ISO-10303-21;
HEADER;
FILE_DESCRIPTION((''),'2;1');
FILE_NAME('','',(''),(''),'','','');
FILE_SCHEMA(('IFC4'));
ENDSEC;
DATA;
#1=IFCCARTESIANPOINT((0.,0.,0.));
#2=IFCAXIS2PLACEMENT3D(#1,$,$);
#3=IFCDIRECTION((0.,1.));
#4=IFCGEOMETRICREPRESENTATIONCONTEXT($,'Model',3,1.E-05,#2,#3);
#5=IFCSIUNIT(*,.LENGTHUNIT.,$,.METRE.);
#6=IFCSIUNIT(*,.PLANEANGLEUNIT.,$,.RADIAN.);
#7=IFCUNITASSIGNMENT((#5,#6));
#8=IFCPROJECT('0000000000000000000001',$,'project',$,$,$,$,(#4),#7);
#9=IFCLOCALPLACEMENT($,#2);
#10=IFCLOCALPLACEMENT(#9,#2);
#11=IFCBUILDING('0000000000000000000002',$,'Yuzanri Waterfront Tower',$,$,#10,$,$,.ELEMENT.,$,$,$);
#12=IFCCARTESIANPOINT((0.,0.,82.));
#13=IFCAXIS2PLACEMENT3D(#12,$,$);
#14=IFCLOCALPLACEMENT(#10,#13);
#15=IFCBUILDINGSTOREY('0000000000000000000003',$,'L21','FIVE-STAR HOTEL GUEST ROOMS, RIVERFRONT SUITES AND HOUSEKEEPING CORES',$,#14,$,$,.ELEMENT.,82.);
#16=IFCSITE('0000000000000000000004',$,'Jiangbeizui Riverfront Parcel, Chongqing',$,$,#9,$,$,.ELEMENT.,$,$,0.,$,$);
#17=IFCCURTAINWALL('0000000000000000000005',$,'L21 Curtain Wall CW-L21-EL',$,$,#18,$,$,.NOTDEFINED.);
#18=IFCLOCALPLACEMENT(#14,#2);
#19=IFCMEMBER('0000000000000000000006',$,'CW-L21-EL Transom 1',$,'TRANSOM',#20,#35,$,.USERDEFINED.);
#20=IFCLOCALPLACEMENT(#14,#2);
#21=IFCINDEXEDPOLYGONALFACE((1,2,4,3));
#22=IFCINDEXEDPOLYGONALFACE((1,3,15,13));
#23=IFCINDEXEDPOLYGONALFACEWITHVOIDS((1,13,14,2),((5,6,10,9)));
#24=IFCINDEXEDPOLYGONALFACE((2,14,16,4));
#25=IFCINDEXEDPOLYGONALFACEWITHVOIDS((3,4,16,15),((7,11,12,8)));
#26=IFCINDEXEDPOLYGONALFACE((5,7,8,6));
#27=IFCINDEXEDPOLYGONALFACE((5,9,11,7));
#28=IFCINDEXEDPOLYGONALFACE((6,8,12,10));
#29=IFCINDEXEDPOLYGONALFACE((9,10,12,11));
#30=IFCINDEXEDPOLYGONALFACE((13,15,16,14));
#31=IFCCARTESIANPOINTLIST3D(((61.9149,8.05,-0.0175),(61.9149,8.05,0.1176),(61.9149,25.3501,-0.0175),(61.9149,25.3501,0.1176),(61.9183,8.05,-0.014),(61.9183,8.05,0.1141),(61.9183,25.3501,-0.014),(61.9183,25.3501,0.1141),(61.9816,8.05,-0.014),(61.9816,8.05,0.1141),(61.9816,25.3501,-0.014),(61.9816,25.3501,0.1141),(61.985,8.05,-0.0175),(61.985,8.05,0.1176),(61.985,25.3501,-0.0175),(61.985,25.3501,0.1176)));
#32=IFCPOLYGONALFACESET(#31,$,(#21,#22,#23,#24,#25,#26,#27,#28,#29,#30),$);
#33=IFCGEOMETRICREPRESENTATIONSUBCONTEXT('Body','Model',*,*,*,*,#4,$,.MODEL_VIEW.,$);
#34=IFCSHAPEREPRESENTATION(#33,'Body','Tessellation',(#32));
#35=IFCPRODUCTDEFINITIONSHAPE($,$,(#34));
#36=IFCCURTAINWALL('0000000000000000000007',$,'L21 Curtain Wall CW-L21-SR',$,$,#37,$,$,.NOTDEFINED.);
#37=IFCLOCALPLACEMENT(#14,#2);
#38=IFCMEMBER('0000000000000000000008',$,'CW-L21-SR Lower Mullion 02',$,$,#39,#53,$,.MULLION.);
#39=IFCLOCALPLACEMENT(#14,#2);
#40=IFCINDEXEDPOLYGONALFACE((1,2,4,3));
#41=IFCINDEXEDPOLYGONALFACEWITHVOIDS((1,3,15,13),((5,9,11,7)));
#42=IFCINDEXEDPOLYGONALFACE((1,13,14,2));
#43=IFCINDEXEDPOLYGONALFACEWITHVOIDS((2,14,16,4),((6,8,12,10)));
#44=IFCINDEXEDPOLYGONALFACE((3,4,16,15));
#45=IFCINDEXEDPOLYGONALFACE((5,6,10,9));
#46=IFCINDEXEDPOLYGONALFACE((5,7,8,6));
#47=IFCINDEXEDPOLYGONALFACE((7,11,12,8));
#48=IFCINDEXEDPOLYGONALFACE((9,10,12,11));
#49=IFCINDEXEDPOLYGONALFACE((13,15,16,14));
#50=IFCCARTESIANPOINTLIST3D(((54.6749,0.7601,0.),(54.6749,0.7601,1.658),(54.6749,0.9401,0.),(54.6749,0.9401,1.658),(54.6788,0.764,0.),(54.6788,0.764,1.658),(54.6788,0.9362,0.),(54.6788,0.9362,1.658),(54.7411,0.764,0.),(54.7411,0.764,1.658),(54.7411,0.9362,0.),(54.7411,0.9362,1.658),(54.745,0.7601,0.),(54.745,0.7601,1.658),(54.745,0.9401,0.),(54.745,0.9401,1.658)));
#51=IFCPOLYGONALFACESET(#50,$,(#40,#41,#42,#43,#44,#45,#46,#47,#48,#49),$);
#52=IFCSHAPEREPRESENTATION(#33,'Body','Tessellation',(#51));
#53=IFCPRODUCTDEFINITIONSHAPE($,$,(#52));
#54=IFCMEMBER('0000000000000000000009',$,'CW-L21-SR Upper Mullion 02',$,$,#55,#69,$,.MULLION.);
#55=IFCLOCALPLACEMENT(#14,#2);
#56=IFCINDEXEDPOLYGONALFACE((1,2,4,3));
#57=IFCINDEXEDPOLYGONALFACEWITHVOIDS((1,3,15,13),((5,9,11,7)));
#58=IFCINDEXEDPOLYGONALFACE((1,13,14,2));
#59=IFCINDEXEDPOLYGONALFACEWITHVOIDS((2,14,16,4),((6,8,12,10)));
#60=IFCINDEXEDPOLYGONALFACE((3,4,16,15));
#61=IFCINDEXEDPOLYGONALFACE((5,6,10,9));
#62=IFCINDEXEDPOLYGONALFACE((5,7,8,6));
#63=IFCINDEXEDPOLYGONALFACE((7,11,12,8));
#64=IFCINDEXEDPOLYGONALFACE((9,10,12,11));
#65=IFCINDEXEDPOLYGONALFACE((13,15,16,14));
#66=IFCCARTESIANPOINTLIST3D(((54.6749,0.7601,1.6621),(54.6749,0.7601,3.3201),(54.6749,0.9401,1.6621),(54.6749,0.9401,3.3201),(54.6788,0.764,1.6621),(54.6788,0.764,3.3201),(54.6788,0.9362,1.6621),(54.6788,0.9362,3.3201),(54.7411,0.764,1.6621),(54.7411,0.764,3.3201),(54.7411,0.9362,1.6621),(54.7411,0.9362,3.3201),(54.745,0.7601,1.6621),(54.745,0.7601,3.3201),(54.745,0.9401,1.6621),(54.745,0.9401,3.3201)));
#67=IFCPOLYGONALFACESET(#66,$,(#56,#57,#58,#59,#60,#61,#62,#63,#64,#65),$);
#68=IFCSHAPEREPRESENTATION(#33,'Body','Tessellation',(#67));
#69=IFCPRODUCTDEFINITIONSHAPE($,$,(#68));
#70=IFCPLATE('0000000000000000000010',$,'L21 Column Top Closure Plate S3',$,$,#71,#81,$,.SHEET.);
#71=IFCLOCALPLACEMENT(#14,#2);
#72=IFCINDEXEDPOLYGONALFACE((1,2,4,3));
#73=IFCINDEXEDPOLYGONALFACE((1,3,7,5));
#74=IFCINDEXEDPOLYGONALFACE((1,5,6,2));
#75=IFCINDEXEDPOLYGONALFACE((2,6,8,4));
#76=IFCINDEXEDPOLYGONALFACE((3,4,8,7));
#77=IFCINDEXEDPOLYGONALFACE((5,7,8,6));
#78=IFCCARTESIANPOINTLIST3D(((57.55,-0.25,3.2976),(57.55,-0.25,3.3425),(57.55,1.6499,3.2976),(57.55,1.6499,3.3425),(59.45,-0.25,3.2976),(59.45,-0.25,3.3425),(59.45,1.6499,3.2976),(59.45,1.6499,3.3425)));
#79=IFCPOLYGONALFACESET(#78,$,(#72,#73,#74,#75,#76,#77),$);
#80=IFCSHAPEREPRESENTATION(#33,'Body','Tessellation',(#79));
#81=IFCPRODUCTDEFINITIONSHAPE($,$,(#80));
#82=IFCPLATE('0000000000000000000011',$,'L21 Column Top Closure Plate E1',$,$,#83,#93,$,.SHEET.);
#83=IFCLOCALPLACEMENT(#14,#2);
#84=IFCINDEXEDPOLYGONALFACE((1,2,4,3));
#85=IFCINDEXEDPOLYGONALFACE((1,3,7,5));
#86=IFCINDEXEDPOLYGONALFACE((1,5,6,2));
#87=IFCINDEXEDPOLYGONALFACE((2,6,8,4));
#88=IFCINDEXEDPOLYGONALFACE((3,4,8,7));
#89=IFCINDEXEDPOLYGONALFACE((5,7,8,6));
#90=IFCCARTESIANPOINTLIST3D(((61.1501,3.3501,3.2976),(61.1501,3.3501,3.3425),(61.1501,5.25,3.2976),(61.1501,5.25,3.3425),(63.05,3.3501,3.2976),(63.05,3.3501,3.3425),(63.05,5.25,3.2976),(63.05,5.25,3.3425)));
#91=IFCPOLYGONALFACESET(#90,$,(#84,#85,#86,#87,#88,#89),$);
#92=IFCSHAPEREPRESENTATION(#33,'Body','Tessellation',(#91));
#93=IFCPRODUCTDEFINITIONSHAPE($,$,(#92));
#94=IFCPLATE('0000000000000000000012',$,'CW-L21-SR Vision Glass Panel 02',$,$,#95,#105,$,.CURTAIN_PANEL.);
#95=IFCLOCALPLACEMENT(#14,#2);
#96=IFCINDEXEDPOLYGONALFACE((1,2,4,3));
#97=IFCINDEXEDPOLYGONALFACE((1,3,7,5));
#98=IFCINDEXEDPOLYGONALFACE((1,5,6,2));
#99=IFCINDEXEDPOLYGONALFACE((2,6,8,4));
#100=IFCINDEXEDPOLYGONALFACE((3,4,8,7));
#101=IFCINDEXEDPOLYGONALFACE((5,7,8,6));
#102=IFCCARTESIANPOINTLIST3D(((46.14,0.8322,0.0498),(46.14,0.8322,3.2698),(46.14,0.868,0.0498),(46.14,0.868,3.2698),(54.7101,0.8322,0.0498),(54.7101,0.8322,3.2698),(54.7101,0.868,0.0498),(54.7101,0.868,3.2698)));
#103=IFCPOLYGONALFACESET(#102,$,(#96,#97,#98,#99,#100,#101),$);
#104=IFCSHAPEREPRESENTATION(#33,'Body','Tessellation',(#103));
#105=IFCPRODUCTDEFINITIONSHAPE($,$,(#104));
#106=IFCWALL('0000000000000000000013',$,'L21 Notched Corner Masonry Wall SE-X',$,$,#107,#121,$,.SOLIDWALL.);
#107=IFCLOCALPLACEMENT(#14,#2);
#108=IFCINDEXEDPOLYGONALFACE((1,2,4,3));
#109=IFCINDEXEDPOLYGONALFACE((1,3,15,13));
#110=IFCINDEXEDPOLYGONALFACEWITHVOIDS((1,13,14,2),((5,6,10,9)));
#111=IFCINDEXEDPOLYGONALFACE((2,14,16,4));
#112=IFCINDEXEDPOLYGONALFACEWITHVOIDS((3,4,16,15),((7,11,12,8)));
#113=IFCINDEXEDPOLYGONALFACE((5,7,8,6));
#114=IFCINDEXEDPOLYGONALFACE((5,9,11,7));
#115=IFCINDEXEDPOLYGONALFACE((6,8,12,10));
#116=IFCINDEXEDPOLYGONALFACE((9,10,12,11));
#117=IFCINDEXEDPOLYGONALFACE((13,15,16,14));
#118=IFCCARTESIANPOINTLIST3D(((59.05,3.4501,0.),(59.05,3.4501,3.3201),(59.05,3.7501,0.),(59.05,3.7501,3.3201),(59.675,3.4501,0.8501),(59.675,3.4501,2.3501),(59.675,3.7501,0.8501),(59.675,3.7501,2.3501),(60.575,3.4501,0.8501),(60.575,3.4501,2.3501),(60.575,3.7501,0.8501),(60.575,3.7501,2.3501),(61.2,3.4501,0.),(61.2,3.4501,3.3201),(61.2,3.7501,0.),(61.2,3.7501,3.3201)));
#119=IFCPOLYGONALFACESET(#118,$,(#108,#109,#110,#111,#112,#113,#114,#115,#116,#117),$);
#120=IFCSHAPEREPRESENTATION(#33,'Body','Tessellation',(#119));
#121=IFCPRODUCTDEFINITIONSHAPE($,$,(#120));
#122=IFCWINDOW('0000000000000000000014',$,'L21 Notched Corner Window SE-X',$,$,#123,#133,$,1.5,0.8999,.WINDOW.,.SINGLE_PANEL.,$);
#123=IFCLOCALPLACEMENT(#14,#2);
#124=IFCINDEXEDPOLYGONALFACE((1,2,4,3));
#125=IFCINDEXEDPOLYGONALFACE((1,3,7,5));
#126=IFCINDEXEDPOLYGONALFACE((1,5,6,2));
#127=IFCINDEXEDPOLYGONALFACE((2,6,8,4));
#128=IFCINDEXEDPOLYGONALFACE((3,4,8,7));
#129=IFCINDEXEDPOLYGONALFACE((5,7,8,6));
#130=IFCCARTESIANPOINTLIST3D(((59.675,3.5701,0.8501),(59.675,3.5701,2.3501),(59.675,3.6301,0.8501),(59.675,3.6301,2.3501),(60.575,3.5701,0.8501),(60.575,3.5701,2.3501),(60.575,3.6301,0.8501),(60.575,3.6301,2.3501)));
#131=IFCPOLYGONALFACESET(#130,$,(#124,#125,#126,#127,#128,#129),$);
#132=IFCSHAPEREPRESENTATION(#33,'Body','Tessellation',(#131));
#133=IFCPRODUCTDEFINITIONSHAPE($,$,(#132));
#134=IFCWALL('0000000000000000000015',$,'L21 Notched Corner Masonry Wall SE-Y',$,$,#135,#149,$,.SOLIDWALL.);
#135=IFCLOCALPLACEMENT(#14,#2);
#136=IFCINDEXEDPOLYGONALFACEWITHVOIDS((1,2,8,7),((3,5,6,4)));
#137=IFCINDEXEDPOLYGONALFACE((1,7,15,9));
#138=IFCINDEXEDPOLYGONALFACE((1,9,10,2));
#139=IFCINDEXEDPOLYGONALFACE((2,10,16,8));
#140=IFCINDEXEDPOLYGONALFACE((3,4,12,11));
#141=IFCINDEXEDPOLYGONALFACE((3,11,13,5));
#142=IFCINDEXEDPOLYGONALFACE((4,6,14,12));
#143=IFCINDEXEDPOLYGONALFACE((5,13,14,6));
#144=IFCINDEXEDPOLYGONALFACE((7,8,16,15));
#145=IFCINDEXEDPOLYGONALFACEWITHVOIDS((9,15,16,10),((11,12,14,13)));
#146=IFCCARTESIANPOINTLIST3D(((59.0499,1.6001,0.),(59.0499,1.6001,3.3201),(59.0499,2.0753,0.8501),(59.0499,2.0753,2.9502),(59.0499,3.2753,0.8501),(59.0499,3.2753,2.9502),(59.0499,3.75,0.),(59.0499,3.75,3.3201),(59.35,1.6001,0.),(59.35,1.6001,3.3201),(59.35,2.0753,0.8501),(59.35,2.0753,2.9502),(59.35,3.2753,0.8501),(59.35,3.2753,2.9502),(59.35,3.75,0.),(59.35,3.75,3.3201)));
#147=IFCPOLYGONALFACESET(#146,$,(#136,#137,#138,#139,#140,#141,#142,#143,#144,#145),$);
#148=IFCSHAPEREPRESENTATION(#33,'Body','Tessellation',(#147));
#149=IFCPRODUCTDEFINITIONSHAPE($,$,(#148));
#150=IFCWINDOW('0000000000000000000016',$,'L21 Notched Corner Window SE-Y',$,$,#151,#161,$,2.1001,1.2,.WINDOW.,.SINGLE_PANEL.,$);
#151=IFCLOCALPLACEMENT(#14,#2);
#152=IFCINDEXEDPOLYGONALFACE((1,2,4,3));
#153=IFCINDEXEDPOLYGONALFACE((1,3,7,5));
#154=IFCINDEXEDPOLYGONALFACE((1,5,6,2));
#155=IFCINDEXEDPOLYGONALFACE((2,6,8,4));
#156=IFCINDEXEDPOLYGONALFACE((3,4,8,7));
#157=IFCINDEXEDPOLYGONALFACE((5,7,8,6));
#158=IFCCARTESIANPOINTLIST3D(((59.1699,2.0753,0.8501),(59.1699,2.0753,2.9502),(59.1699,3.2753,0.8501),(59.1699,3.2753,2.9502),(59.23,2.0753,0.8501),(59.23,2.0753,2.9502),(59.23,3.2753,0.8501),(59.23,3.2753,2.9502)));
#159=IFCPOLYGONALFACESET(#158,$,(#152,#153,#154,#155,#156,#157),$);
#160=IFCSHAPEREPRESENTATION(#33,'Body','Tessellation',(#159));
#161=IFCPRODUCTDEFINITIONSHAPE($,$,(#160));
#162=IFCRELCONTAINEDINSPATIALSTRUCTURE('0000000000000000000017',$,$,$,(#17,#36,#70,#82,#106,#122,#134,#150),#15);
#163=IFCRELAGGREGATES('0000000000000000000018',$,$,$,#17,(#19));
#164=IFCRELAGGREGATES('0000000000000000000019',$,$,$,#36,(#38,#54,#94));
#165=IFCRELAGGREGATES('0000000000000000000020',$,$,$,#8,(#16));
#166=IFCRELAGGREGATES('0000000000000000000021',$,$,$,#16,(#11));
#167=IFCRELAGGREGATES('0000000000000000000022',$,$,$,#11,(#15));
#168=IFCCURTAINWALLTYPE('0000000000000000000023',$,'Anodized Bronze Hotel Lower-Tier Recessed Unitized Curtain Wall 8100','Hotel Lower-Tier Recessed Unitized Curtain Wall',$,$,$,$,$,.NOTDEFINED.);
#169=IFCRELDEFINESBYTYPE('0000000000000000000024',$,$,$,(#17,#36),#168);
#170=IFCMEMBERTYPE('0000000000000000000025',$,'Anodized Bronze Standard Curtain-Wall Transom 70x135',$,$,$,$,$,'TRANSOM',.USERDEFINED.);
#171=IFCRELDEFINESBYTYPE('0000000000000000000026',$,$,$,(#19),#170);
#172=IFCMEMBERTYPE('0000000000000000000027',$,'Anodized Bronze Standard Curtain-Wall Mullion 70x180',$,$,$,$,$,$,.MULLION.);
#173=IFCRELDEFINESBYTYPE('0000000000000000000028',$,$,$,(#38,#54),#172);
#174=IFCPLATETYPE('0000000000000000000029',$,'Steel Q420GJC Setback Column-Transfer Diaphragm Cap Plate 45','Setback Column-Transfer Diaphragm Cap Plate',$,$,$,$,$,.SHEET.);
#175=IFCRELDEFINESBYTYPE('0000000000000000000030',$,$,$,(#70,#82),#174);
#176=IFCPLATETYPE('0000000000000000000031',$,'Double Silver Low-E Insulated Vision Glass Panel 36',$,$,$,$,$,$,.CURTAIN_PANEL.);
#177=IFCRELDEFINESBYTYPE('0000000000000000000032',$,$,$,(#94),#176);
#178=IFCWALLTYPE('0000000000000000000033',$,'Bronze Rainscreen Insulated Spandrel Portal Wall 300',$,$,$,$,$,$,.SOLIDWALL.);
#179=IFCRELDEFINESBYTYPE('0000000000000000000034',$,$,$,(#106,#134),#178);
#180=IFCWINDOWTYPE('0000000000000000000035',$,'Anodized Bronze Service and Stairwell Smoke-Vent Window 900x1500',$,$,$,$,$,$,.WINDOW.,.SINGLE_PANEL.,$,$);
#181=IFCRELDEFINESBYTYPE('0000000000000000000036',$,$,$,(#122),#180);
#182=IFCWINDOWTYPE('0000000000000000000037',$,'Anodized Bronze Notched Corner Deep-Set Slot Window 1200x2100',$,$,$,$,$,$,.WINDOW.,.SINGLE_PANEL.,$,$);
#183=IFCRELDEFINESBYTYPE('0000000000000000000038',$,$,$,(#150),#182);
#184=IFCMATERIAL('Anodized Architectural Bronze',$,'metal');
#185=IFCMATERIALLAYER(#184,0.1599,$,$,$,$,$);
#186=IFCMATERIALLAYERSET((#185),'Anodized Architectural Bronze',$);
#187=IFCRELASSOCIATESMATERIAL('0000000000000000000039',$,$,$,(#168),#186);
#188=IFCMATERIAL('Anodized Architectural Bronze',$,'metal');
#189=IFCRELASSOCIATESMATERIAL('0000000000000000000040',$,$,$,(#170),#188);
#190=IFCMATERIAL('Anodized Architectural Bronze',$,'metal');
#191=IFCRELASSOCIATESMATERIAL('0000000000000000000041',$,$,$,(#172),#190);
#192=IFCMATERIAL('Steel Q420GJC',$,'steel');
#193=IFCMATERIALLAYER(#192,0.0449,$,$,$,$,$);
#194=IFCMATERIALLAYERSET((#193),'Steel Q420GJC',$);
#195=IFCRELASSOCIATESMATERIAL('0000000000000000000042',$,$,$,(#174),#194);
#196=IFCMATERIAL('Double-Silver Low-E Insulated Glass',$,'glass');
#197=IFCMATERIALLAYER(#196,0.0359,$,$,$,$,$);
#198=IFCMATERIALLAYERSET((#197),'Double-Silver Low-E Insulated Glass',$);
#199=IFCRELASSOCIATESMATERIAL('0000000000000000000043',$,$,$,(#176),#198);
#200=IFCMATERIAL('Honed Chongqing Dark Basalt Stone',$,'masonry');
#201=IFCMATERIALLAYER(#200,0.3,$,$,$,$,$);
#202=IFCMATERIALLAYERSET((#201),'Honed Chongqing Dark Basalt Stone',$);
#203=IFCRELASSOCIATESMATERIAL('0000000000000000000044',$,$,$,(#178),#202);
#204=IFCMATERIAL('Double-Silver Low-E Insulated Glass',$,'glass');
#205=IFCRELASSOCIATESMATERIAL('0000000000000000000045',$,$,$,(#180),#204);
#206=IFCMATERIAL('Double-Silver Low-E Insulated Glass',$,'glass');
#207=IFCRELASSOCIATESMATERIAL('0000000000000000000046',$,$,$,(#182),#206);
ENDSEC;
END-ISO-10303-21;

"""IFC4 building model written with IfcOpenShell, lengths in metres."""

from ifc_helpers import new_model, si_unit, direction, frame, frame_2d, origin, origin_2d, place, context, subcontext, project, spatial, rectangle, hollow_rectangle, extrude, source, transform, mapped, material, layer, layer_set, material_profile, profile_set, type_object, element, fill, aggregate, save


model = new_model("IFC4")

# Units and contexts
model_context = context("Model", 3, precision=1e-05, world=origin(), true_north=direction((0.0, 1.0)))
body_context = subcontext(model_context, "Body", "Model", "MODEL_VIEW")
ifc_project = project(units=[si_unit("LENGTHUNIT", "METRE"), si_unit("PLANEANGLEUNIT", "RADIAN")], contexts=[model_context])

# Site, building, storey
site_placement = place(None, origin())
site = spatial("IfcSite", under=ifc_project, at=site_placement, Name="Jiangbeizui Riverfront Parcel, Chongqing", CompositionType="ELEMENT", RefElevation=0.0)
building_placement = place(site_placement, origin())
building = spatial("IfcBuilding", under=site, at=building_placement, Name="Yuzanri Waterfront Tower", CompositionType="ELEMENT")
storey_placement = place(building_placement, frame((0.0, 0.0, 82.0)))
storey = spatial("IfcBuildingStorey", under=building, at=storey_placement, Name="L21", Description="FIVE-STAR HOTEL GUEST ROOMS, RIVERFRONT SUITES AND HOUSEKEEPING CORES", CompositionType="ELEMENT", Elevation=82.0)

# Curtain wall, member
ifc_material_1 = material(Name="Anodized Architectural Bronze", Category="metal")
ifc_layer_1 = layer(ifc_material_1, 0.1599)
ifc_layer_set_1 = layer_set([ifc_layer_1], Name="Anodized Architectural Bronze")
curtain_wall_type = type_object("IfcCurtainWallType", Name="Anodized Bronze Hotel Lower-Tier Recessed Unitized Curtain Wall 8100", Description="Hotel Lower-Tier Recessed Unitized Curtain Wall", PredefinedType="NOTDEFINED", material=ifc_layer_set_1)
curtain_wall_1_placement = place(storey_placement, origin())
curtain_wall_1 = element("IfcCurtainWall", 1, at=curtain_wall_1_placement, inside=storey, type_object=curtain_wall_type, Name="L21 Curtain Wall CW-L21-EL", PredefinedType="NOTDEFINED")
ifc_material_2 = material(Name="Anodized Architectural Bronze", Category="metal")
ifc_material_profile_1 = material_profile(ifc_material_2, hollow_rectangle(XDim=0.0701, YDim=0.135, WallThickness=0.0034, at=origin_2d()), Name="CWT 70x135")
ifc_profile_set_1 = profile_set([ifc_material_profile_1], Name="Anodized Architectural Bronze")
member_type_1 = type_object("IfcMemberType", Name="Anodized Bronze Standard Curtain-Wall Transom 70x135", ElementType="TRANSOM", PredefinedType="USERDEFINED", material=ifc_profile_set_1)
shared_shape_1 = source(origin(), body_context, "Body", "SweptSolid", [
    extrude(hollow_rectangle(XDim=0.0701, YDim=0.135, WallThickness=0.0034, at=origin_2d()), origin(), (0.0, 0.0, 1.0), 17.3),
])
member_1_placement = place(storey_placement, frame((61.95, 8.05, 0.05), z_axis=(0.0, 1.0, 0.0), x_axis=(-1.0, 0.0, 0.0)))
member_1 = element("IfcMember", 2, at=member_1_placement, type_object=member_type_1, Name="CW-L21-EL Transom 1", ObjectType="TRANSOM", PredefinedType="USERDEFINED", context=body_context, shape_type="MappedRepresentation", body=[
    mapped(shared_shape_1, transform((0.0, 0.0, 0.0), scale=1.0)),
])
aggregate(curtain_wall_1, [member_1])

# Curtain wall, members
curtain_wall_2_placement = place(storey_placement, origin())
curtain_wall_2 = element("IfcCurtainWall", 3, at=curtain_wall_2_placement, inside=storey, type_object=curtain_wall_type, Name="L21 Curtain Wall CW-L21-SR", PredefinedType="NOTDEFINED")
ifc_material_3 = material(Name="Anodized Architectural Bronze", Category="metal")
ifc_material_profile_2 = material_profile(ifc_material_3, hollow_rectangle(XDim=0.0701, YDim=0.1799, WallThickness=0.0039, at=origin_2d()), Name="CWM 70x180")
ifc_profile_set_2 = profile_set([ifc_material_profile_2], Name="Anodized Architectural Bronze")
member_type_2 = type_object("IfcMemberType", Name="Anodized Bronze Standard Curtain-Wall Mullion 70x180", PredefinedType="MULLION", material=ifc_profile_set_2)
shared_shape_2 = source(origin(), body_context, "Body", "SweptSolid", [
    extrude(hollow_rectangle(XDim=0.0701, YDim=0.1799, WallThickness=0.0039, at=origin_2d()), origin(), (0.0, 0.0, 1.0), 1.658),
])
member_2_placement = place(storey_placement, frame((54.71, 0.8501, 0.0), z_axis=(0.0, 0.0, 1.0), x_axis=(1.0, 0.0, 0.0)))
member_2 = element("IfcMember", 4, at=member_2_placement, type_object=member_type_2, Name="CW-L21-SR Lower Mullion 02", PredefinedType="MULLION", context=body_context, shape_type="MappedRepresentation", body=[
    mapped(shared_shape_2, transform((0.0, 0.0, 0.0), scale=1.0)),
])
member_3_placement = place(storey_placement, frame((54.71, 0.8501, 1.6621), z_axis=(0.0, 0.0, 1.0), x_axis=(1.0, 0.0, 0.0)))
member_3 = element("IfcMember", 5, at=member_3_placement, type_object=member_type_2, Name="CW-L21-SR Upper Mullion 02", PredefinedType="MULLION", context=body_context, shape_type="MappedRepresentation", body=[
    mapped(shared_shape_2, transform((0.0, 0.0, 0.0), scale=1.0)),
])

# Plates
ifc_material_4 = material(Name="Steel Q420GJC", Category="steel")
ifc_layer_2 = layer(ifc_material_4, 0.0449)
ifc_layer_set_2 = layer_set([ifc_layer_2], Name="Steel Q420GJC")
plate_type_1 = type_object("IfcPlateType", Name="Steel Q420GJC Setback Column-Transfer Diaphragm Cap Plate 45", Description="Setback Column-Transfer Diaphragm Cap Plate", PredefinedType="SHEET", material=ifc_layer_set_2)
shared_shape_3 = source(origin(), body_context, "Body", "SweptSolid", [
    extrude(rectangle(XDim=1.8999, YDim=1.8999, at=origin_2d()), origin(), (0.0, 0.0, 1.0), 0.0449),
])
for number, where, z_axis, x_axis, name in (
    (6, (58.5, 0.7, 3.2976), (0.0, 0.0, 1.0), (1.0, 0.0, 0.0), "L21 Column Top Closure Plate S3"),
    (7, (62.1001, 4.3, 3.2976), (0.0, 0.0, 1.0), (1.0, 0.0, 0.0), "L21 Column Top Closure Plate E1"),
):
    element("IfcPlate", number, at=place(storey_placement, frame(where, z_axis=z_axis, x_axis=x_axis)), inside=storey, type_object=plate_type_1, Name=name, PredefinedType="SHEET", context=body_context, shape_type="MappedRepresentation", body=[
        mapped(shared_shape_3, transform((0.0, 0.0, 0.0), scale=1.0)),
    ])

# Plate
ifc_material_5 = material(Name="Double-Silver Low-E Insulated Glass", Category="glass")
ifc_layer_3 = layer(ifc_material_5, 0.0359)
ifc_layer_set_3 = layer_set([ifc_layer_3], Name="Double-Silver Low-E Insulated Glass")
plate_type_2 = type_object("IfcPlateType", Name="Double Silver Low-E Insulated Vision Glass Panel 36", PredefinedType="CURTAIN_PANEL", material=ifc_layer_set_3)
shared_shape_4 = source(origin(), body_context, "Body", "SweptSolid", [
    extrude(rectangle(XDim=8.5701, YDim=0.0359, at=origin_2d()), origin(), (0.0, 0.0, 1.0), 3.22),
])
plate_placement = place(storey_placement, frame((50.425, 0.8501, 0.0498), z_axis=(0.0, 0.0, 1.0), x_axis=(1.0, 0.0, 0.0)))
plate = element("IfcPlate", 8, at=plate_placement, type_object=plate_type_2, Name="CW-L21-SR Vision Glass Panel 02", PredefinedType="CURTAIN_PANEL", context=body_context, shape_type="MappedRepresentation", body=[
    mapped(shared_shape_4, transform((0.0, 0.0, 0.0), scale=1.0)),
])
aggregate(curtain_wall_2, [member_2, member_3, plate])

# Walls, openings, windows
ifc_material_6 = material(Name="Honed Chongqing Dark Basalt Stone", Category="masonry")
ifc_layer_4 = layer(ifc_material_6, 0.3)
ifc_layer_set_4 = layer_set([ifc_layer_4], Name="Honed Chongqing Dark Basalt Stone")
wall_type_1 = type_object("IfcWallType", Name="Bronze Rainscreen Insulated Spandrel Portal Wall 300", PredefinedType="SOLIDWALL", material=ifc_layer_set_4)
wall_1_placement = place(storey_placement, frame((59.05, 3.6001, 0.0), z_axis=(0.0, 0.0, 1.0), x_axis=(1.0, 0.0, 0.0)))
wall_1 = element("IfcWall", 9, at=wall_1_placement, inside=storey, type_object=wall_type_1, Name="L21 Notched Corner Masonry Wall SE-X", PredefinedType="SOLIDWALL", context=body_context, shape_type="SweptSolid", body=[
    extrude(rectangle(XDim=2.1499, YDim=0.3, at=frame_2d((1.075, 0.0))), origin(), (0.0, 0.0, 1.0), 3.3201),
])
opening_1_placement = place(wall_1_placement, frame((0.625, 0.0, 0.8501)))
opening_1 = element("IfcOpeningElement", 10, at=opening_1_placement, cuts=wall_1, PredefinedType="OPENING", context=body_context, shape_type="SweptSolid", body=[
    extrude(rectangle(XDim=0.8999, YDim=1.5, at=frame_2d((0.45, 0.75))), frame((0.0, 0.165, 0.0), z_axis=(0.0, -1.0, 0.0), x_axis=(1.0, 0.0, 0.0)), (0.0, 0.0, 1.0), 0.3298),
])
ifc_material_7 = material(Name="Double-Silver Low-E Insulated Glass", Category="glass")
window_type_1 = type_object("IfcWindowType", Name="Anodized Bronze Service and Stairwell Smoke-Vent Window 900x1500", PartitioningType="SINGLE_PANEL", PredefinedType="WINDOW", material=ifc_material_7)
shared_shape_5 = source(origin(), body_context, "Body", "SweptSolid", [
    extrude(rectangle(XDim=0.8999, YDim=1.5, at=frame_2d((0.45, 0.75))), frame((0.0, 0.03, 0.0), z_axis=(0.0, -1.0, 0.0), x_axis=(1.0, 0.0, 0.0)), (0.0, 0.0, 1.0), 0.0601),
])
window_1_placement = place(opening_1_placement, origin())
window_1 = element("IfcWindow", 11, at=window_1_placement, inside=storey, type_object=window_type_1, Name="L21 Notched Corner Window SE-X", OverallHeight=1.5, OverallWidth=0.8999, PartitioningType="SINGLE_PANEL", PredefinedType="WINDOW", context=body_context, shape_type="MappedRepresentation", body=[
    mapped(shared_shape_5, transform((0.0, 0.0, 0.0), scale=1.0)),
])
fill(opening_1, window_1)
wall_2_placement = place(storey_placement, frame((59.2, 1.6001, 0.0), z_axis=(0.0, 0.0, 1.0), x_axis=(0.0, 1.0, 0.0)))
wall_2 = element("IfcWall", 12, at=wall_2_placement, inside=storey, type_object=wall_type_1, Name="L21 Notched Corner Masonry Wall SE-Y", PredefinedType="SOLIDWALL", context=body_context, shape_type="SweptSolid", body=[
    extrude(rectangle(XDim=2.1499, YDim=0.3, at=frame_2d((1.075, 0.0))), origin(), (0.0, 0.0, 1.0), 3.3201),
])
opening_2_placement = place(wall_2_placement, frame((0.4751, 0.0, 0.8501)))
opening_2 = element("IfcOpeningElement", 13, at=opening_2_placement, cuts=wall_2, PredefinedType="OPENING", context=body_context, shape_type="SweptSolid", body=[
    extrude(rectangle(XDim=1.2, YDim=2.1001, at=frame_2d((0.6001, 1.05))), frame((0.0, 0.165, 0.0), z_axis=(0.0, -1.0, 0.0), x_axis=(1.0, 0.0, 0.0)), (0.0, 0.0, 1.0), 0.3298),
])
ifc_material_8 = material(Name="Double-Silver Low-E Insulated Glass", Category="glass")
window_type_2 = type_object("IfcWindowType", Name="Anodized Bronze Notched Corner Deep-Set Slot Window 1200x2100", PartitioningType="SINGLE_PANEL", PredefinedType="WINDOW", material=ifc_material_8)
shared_shape_6 = source(origin(), body_context, "Body", "SweptSolid", [
    extrude(rectangle(XDim=1.2, YDim=2.1001, at=frame_2d((0.6001, 1.05))), frame((0.0, 0.03, 0.0), z_axis=(0.0, -1.0, 0.0), x_axis=(1.0, 0.0, 0.0)), (0.0, 0.0, 1.0), 0.0601),
])
window_2_placement = place(opening_2_placement, origin())
window_2 = element("IfcWindow", 14, at=window_2_placement, inside=storey, type_object=window_type_2, Name="L21 Notched Corner Window SE-Y", OverallHeight=2.1001, OverallWidth=1.2, PartitioningType="SINGLE_PANEL", PredefinedType="WINDOW", context=body_context, shape_type="MappedRepresentation", body=[
    mapped(shared_shape_6, transform((0.0, 0.0, 0.0), scale=1.0)),
])
fill(opening_2, window_2)

save(model, "model.ifc")
